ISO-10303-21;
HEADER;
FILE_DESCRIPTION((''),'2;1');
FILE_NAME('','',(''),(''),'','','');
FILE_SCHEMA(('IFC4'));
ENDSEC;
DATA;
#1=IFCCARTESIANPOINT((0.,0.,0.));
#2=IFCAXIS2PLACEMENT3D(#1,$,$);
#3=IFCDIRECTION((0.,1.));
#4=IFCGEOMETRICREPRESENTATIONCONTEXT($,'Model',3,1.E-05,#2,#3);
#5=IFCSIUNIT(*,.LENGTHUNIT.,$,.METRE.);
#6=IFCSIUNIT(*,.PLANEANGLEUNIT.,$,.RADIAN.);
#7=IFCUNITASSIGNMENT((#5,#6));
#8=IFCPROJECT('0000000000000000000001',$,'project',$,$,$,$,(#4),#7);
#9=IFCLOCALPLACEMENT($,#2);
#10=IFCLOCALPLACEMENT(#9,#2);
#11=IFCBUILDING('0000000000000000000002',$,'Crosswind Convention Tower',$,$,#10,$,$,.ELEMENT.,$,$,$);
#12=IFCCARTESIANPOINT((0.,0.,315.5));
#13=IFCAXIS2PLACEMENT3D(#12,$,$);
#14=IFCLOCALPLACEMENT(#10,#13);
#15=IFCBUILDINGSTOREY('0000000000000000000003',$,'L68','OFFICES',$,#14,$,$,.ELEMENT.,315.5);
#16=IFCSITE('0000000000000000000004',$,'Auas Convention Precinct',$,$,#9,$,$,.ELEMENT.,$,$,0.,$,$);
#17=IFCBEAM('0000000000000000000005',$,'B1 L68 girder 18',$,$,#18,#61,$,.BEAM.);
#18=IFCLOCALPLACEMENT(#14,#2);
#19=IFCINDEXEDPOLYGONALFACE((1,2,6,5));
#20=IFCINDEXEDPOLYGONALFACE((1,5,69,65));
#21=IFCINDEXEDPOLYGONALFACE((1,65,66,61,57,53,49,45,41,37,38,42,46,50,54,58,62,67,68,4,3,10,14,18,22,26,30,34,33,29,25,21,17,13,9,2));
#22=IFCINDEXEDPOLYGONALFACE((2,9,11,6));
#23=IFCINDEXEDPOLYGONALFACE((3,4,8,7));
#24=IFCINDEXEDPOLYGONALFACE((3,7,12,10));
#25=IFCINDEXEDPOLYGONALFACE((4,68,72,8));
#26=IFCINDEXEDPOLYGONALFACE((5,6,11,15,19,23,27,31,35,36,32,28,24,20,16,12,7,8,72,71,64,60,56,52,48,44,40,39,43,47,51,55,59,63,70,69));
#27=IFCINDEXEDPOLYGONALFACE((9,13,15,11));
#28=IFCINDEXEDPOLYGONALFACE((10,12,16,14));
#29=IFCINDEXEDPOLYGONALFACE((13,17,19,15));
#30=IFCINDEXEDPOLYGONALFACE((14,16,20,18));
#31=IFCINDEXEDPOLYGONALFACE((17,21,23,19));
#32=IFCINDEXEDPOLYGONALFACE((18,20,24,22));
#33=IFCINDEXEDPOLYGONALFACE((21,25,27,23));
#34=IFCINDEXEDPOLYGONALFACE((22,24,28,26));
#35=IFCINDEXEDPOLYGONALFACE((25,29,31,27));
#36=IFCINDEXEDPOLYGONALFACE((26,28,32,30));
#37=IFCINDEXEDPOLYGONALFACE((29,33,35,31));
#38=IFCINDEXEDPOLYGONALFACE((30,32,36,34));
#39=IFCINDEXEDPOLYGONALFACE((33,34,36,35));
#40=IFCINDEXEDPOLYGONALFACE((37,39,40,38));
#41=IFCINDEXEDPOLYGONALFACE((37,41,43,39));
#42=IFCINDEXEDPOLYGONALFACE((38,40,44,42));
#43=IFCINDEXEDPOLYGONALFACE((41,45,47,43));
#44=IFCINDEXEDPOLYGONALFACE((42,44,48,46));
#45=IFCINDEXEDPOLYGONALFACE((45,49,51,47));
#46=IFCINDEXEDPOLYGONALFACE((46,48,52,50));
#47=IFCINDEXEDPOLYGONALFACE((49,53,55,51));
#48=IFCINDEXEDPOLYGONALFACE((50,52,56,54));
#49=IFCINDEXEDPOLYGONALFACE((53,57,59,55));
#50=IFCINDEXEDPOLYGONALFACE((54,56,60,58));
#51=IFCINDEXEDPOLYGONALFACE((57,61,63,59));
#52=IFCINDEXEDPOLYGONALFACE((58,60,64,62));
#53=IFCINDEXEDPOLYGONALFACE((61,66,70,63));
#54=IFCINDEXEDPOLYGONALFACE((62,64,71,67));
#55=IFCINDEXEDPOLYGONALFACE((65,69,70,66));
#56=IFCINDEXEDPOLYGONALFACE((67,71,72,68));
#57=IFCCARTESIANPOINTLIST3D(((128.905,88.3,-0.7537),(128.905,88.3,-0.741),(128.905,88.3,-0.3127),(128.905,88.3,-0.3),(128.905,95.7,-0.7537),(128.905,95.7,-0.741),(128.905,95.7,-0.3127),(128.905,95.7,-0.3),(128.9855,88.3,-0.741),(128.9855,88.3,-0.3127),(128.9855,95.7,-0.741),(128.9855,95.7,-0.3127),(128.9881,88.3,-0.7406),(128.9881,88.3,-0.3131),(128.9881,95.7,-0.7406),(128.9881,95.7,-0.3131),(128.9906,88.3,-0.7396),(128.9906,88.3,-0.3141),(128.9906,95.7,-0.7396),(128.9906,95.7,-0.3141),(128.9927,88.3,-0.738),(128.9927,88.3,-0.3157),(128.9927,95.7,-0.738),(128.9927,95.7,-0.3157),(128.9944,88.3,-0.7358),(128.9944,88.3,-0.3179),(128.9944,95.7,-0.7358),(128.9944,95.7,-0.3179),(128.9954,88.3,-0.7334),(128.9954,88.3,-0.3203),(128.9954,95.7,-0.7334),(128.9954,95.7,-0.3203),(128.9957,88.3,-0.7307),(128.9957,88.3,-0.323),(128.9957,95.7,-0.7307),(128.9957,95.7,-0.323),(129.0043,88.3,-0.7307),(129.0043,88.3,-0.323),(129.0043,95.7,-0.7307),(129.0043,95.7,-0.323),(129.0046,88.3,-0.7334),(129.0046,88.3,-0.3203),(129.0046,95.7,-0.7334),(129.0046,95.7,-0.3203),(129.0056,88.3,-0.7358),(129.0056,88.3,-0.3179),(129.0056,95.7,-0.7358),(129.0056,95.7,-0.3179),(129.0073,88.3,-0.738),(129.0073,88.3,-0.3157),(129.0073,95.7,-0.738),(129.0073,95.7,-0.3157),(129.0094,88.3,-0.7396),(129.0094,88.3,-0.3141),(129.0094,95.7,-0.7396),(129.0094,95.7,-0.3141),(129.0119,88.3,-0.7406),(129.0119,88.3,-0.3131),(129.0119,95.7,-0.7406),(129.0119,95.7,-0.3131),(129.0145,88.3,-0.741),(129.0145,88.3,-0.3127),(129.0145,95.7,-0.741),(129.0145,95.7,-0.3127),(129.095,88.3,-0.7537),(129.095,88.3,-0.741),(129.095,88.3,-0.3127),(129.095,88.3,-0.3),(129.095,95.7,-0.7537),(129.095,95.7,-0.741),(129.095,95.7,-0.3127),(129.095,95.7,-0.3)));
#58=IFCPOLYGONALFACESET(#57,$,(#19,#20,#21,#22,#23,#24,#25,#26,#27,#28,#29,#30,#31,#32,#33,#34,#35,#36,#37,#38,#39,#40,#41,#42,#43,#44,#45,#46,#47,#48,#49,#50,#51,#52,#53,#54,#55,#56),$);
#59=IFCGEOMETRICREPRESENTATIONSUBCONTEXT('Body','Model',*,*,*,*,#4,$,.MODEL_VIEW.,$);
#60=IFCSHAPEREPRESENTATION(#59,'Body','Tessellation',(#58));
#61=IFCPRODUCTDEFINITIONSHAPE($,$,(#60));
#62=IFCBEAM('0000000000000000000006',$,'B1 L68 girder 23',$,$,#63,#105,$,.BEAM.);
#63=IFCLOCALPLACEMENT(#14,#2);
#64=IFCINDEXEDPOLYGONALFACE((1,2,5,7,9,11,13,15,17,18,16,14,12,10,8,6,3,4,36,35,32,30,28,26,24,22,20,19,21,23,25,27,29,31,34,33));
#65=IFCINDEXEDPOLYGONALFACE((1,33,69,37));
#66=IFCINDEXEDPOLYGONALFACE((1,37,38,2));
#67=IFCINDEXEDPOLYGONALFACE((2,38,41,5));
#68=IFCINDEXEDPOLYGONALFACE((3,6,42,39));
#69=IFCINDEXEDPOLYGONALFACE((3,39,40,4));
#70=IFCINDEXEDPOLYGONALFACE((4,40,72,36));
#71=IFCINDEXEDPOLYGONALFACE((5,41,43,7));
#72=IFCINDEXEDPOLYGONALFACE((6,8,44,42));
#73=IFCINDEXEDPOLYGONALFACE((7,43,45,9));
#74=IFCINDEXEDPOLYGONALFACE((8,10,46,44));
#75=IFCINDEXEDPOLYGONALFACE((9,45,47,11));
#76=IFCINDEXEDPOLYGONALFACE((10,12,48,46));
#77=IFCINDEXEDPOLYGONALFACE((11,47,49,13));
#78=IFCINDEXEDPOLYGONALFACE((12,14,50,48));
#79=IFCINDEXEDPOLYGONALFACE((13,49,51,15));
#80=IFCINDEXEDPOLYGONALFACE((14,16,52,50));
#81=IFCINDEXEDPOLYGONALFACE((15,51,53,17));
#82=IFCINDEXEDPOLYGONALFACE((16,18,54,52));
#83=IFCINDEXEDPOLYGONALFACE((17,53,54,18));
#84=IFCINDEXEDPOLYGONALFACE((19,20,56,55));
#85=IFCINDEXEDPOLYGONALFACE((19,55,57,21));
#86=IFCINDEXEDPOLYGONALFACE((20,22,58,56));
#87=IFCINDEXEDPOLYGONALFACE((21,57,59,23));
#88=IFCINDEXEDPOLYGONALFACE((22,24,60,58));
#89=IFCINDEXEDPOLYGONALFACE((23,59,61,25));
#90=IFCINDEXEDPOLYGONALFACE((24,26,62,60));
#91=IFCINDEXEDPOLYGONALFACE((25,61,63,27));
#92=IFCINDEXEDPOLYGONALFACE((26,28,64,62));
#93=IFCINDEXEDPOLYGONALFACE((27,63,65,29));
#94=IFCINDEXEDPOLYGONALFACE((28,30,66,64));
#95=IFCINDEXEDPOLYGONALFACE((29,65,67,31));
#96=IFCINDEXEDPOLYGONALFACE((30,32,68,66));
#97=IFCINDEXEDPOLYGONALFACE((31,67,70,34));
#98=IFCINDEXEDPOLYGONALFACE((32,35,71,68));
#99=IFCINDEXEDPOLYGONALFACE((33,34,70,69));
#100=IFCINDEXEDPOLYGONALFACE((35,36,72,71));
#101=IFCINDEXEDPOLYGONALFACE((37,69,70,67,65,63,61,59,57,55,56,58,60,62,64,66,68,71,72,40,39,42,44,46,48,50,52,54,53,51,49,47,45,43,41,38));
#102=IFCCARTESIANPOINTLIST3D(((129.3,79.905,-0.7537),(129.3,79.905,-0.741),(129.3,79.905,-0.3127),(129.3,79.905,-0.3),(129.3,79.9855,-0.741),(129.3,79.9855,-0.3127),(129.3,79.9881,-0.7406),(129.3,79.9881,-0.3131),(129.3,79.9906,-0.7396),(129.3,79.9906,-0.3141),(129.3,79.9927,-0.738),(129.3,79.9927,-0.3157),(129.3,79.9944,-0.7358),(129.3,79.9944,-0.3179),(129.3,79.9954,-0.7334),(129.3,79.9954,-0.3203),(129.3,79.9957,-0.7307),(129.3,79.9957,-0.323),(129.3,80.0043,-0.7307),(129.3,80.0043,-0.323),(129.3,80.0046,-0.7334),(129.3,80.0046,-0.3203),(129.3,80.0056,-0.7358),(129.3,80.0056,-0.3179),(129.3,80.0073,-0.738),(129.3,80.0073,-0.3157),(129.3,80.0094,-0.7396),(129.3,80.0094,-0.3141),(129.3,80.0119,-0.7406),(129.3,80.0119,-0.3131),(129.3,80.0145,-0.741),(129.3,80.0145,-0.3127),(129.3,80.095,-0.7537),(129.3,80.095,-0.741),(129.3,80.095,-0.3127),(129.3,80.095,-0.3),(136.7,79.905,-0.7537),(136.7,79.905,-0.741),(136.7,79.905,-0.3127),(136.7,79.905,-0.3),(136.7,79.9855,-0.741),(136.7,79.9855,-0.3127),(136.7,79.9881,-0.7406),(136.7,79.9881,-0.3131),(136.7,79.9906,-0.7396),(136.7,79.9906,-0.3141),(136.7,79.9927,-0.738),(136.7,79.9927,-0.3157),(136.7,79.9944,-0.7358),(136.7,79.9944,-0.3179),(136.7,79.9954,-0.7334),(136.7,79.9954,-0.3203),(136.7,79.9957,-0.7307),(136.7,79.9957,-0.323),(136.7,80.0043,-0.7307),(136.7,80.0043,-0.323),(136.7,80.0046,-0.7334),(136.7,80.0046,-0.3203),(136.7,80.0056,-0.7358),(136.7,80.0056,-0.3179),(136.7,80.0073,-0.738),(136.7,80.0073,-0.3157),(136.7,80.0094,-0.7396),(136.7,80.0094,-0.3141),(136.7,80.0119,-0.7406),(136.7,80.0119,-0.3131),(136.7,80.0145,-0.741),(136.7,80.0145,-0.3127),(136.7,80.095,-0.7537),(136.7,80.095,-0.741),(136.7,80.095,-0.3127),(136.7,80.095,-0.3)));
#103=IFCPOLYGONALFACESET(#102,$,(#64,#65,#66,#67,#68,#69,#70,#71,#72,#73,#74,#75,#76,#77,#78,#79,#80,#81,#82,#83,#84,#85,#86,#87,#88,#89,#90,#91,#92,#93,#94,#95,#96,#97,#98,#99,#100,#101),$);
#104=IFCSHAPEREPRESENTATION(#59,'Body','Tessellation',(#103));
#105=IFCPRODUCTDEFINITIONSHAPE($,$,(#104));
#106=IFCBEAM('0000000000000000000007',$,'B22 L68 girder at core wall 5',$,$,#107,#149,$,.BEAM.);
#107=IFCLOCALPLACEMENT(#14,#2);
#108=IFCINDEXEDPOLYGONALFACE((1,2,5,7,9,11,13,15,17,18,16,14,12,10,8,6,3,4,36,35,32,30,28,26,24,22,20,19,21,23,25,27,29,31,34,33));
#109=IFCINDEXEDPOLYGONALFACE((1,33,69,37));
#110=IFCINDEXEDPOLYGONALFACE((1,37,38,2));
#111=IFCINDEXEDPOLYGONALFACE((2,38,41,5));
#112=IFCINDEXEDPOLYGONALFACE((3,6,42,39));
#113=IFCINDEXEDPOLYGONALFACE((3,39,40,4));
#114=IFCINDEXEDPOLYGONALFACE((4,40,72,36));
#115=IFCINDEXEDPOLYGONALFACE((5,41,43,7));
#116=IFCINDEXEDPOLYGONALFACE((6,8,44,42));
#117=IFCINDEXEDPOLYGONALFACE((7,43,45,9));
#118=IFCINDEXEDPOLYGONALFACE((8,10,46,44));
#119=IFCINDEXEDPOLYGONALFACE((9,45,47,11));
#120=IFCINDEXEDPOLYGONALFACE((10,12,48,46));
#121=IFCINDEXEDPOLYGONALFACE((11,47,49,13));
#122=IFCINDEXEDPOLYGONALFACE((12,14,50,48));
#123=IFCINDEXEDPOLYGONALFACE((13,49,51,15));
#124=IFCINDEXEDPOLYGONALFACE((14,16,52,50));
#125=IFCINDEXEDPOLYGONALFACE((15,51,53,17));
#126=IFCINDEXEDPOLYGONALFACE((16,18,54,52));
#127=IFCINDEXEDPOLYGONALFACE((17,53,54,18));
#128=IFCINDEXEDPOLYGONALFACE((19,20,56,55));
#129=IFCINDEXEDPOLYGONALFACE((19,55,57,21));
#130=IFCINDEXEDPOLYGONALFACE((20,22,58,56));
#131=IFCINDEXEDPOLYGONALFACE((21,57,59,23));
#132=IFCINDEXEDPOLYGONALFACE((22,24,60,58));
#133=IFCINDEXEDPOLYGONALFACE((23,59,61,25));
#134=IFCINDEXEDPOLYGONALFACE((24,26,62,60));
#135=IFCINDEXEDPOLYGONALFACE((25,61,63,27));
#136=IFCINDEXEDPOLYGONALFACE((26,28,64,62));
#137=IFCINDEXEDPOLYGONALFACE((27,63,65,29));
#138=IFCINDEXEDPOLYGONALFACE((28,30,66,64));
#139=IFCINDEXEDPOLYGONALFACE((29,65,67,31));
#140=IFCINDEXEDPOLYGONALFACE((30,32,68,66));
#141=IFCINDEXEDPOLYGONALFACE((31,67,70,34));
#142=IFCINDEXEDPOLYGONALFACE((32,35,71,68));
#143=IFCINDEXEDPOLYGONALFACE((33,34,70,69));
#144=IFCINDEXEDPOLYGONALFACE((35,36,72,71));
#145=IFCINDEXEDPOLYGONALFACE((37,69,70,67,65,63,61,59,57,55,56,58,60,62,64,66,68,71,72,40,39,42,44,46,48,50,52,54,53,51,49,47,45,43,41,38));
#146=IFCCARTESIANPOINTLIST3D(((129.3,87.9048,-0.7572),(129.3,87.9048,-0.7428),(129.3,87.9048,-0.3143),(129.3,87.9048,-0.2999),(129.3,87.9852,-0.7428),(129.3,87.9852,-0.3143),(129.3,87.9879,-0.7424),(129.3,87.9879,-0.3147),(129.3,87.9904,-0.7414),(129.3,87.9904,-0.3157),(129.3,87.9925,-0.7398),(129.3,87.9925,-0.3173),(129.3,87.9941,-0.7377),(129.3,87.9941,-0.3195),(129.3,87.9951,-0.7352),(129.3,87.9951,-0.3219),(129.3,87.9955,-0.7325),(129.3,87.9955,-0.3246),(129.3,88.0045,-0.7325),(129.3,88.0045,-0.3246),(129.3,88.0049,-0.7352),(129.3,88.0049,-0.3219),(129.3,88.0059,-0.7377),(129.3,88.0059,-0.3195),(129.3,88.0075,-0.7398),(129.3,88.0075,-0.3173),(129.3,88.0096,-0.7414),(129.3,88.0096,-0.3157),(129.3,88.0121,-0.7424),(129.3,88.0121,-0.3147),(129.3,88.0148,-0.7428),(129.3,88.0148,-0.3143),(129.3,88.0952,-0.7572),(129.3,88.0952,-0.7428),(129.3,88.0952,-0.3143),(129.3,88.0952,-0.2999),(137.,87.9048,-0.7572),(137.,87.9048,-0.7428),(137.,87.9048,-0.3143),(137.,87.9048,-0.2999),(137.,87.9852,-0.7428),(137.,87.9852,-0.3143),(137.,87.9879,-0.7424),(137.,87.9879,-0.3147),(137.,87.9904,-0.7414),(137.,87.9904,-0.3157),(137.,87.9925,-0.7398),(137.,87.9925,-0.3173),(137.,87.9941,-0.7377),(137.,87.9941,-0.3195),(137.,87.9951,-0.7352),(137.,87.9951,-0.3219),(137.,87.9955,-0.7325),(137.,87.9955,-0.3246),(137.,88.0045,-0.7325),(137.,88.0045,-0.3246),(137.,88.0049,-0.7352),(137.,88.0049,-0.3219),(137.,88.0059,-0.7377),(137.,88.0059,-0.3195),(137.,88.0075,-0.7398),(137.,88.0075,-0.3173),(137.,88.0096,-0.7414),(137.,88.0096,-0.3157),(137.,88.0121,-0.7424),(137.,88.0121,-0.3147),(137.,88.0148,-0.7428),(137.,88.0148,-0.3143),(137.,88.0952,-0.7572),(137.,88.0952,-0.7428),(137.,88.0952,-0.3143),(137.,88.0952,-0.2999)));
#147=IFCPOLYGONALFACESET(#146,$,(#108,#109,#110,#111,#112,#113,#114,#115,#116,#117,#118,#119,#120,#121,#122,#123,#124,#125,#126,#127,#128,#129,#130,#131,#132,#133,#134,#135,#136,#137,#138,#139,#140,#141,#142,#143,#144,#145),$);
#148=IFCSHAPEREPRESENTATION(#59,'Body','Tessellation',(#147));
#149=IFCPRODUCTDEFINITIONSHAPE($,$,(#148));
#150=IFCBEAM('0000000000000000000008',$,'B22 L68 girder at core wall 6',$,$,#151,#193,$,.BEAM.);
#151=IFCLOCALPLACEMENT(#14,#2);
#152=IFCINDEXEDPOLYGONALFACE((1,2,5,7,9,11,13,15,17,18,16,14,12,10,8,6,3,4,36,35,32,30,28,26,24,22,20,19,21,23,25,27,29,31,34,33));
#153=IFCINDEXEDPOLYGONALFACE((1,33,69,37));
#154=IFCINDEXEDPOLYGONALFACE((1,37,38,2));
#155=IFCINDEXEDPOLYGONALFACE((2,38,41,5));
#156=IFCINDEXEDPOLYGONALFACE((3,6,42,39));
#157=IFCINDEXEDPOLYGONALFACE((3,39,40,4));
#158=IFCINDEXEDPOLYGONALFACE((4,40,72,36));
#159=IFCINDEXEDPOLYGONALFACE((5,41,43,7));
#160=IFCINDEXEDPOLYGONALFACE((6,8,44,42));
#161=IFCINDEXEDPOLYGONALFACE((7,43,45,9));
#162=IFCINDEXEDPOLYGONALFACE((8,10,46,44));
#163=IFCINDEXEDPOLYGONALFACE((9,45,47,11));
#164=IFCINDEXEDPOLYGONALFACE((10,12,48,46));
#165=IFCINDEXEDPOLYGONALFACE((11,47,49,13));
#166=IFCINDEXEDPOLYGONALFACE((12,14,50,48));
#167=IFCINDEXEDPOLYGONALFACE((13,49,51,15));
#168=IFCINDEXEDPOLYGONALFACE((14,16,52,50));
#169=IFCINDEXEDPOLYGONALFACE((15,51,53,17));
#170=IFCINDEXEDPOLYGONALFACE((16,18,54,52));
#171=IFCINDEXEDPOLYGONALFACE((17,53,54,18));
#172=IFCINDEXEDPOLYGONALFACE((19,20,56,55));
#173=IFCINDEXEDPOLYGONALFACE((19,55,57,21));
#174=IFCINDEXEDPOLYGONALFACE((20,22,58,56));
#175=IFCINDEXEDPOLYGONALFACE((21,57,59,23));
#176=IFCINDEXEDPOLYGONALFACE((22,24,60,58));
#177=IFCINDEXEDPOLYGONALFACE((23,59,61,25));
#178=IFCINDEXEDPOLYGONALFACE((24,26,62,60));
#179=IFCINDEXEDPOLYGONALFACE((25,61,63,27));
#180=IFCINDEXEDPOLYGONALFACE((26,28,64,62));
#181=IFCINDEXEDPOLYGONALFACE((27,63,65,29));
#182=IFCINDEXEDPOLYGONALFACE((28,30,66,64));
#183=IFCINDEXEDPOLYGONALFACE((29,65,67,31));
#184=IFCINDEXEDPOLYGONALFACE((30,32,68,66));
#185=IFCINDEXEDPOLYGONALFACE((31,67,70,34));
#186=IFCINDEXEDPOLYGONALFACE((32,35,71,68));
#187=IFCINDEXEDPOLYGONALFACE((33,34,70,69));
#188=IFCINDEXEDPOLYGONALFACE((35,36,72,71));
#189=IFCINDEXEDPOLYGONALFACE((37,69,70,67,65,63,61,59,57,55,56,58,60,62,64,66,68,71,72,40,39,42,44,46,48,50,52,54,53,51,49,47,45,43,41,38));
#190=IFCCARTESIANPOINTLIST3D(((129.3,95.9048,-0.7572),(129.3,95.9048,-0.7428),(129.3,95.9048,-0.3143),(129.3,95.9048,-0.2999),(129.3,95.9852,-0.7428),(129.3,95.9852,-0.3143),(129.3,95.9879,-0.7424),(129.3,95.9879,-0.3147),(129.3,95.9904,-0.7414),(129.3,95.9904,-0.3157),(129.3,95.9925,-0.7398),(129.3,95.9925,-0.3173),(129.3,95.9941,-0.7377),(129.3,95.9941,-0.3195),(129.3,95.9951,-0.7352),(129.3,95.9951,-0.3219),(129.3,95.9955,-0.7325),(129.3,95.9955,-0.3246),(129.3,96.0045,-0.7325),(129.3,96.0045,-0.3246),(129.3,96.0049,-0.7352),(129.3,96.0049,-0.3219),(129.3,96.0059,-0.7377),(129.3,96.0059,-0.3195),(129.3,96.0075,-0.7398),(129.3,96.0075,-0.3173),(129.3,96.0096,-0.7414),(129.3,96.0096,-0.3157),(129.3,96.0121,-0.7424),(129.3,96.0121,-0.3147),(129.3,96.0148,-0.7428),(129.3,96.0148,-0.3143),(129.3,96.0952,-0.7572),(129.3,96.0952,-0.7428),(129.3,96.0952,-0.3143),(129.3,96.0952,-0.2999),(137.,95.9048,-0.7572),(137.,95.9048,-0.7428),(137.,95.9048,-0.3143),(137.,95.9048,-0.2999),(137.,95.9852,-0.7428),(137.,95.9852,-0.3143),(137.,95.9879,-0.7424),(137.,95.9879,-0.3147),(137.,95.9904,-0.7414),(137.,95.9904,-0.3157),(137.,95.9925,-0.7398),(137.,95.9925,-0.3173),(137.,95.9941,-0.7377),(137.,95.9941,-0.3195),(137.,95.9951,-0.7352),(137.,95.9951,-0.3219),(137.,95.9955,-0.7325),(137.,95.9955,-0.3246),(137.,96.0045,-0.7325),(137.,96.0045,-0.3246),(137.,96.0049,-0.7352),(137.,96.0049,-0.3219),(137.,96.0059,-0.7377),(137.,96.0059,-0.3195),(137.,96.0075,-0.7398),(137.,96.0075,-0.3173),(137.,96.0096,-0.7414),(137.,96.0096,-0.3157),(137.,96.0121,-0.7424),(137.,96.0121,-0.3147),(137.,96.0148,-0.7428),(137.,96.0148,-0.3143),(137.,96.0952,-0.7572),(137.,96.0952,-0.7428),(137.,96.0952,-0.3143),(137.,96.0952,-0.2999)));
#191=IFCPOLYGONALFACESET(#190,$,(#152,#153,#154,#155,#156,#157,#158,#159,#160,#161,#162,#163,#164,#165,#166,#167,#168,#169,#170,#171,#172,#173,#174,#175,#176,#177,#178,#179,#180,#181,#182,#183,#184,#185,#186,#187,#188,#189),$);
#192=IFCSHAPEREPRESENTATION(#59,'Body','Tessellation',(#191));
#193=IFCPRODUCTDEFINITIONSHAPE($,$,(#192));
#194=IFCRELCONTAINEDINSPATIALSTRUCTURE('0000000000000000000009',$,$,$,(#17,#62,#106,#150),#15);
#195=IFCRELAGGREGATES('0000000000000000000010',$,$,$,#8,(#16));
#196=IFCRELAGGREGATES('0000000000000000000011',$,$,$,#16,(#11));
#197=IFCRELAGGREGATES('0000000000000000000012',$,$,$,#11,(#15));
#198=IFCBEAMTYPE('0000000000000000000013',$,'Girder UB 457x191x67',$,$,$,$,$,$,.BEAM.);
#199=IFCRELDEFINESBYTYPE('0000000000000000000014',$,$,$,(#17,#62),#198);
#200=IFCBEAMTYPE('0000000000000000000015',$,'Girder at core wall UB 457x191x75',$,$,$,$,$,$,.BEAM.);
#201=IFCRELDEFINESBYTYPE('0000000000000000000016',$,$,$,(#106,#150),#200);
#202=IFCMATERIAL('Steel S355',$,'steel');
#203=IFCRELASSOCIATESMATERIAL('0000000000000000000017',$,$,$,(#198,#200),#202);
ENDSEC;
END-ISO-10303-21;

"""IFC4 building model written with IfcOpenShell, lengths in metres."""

from ifc_helpers import new_model, si_unit, direction, frame, origin, origin_2d, place, context, subcontext, project, spatial, i_section, extrude, material, material_profile, profile_set, type_object, element, save


model = new_model("IFC4")

# Units and contexts
model_context = context("Model", 3, precision=1e-05, world=origin(), true_north=direction((0.0, 1.0)))
body_context = subcontext(model_context, "Body", "Model", "MODEL_VIEW")
ifc_project = project(units=[si_unit("LENGTHUNIT", "METRE"), si_unit("PLANEANGLEUNIT", "RADIAN")], contexts=[model_context])

# Site, building, storey
site_placement = place(None, origin())
site = spatial("IfcSite", under=ifc_project, at=site_placement, Name="Auas Convention Precinct", CompositionType="ELEMENT", RefElevation=0.0)
building_placement = place(site_placement, origin())
building = spatial("IfcBuilding", under=site, at=building_placement, Name="Crosswind Convention Tower", CompositionType="ELEMENT")
storey_placement = place(building_placement, frame((0.0, 0.0, 315.5)))
storey = spatial("IfcBuildingStorey", under=building, at=storey_placement, Name="L68", Description="OFFICES", CompositionType="ELEMENT", Elevation=315.5)

# Beams
ifc_material_1 = material(Name="Steel S355", Category="steel")
ifc_material_profile_1 = material_profile(ifc_material_1, i_section(OverallWidth=0.1899, OverallDepth=0.4536, WebThickness=0.0085, FlangeThickness=0.0127, FilletRadius=0.0103, at=origin_2d()), Name="UB 457x191x67")
ifc_profile_set_1 = profile_set([ifc_material_profile_1], Name="Steel S355")
beam_type_1 = type_object("IfcBeamType", Name="Girder UB 457x191x67", PredefinedType="BEAM", material=ifc_profile_set_1)
for number, where, z_axis, x_axis, name in (
    (1, (129.0, 88.3, -0.5269), (0.0, 1.0, 0.0), (-1.0, 0.0, 0.0), "B1 L68 girder 18"),
    (2, (129.3, 80.0, -0.5269), (1.0, 0.0, 0.0), (0.0, 1.0, 0.0), "B1 L68 girder 23"),
):
    element("IfcBeam", number, at=place(storey_placement, frame(where, z_axis=z_axis, x_axis=x_axis)), inside=storey, type_object=beam_type_1, Name=name, PredefinedType="BEAM", context=body_context, shape_type="SweptSolid", body=[
        extrude(i_section(OverallWidth=0.1899, OverallDepth=0.4536, WebThickness=0.0085, FlangeThickness=0.0127, FilletRadius=0.0103, at=origin_2d()), origin(), (0.0, 0.0, 1.0), 7.3999),
    ])
ifc_material_profile_2 = material_profile(ifc_material_1, i_section(OverallWidth=0.1904, OverallDepth=0.4573, WebThickness=0.009, FlangeThickness=0.0144, FilletRadius=0.0103, at=origin_2d()), Name="UB 457x191x75")
ifc_profile_set_2 = profile_set([ifc_material_profile_2], Name="Steel S355")
beam_type_2 = type_object("IfcBeamType", Name="Girder at core wall UB 457x191x75", PredefinedType="BEAM", material=ifc_profile_set_2)
for number, where, z_axis, x_axis, name in (
    (3, (129.3, 88.0, -0.5286), (1.0, 0.0, 0.0), (0.0, 1.0, 0.0), "B22 L68 girder at core wall 5"),
    (4, (129.3, 96.0, -0.5286), (1.0, 0.0, 0.0), (0.0, 1.0, 0.0), "B22 L68 girder at core wall 6"),
):
    element("IfcBeam", number, at=place(storey_placement, frame(where, z_axis=z_axis, x_axis=x_axis)), inside=storey, type_object=beam_type_2, Name=name, PredefinedType="BEAM", context=body_context, shape_type="SweptSolid", body=[
        extrude(i_section(OverallWidth=0.1904, OverallDepth=0.4573, WebThickness=0.009, FlangeThickness=0.0144, FilletRadius=0.0103, at=origin_2d()), origin(), (0.0, 0.0, 1.0), 7.7),
    ])

save(model, "model.ifc")
